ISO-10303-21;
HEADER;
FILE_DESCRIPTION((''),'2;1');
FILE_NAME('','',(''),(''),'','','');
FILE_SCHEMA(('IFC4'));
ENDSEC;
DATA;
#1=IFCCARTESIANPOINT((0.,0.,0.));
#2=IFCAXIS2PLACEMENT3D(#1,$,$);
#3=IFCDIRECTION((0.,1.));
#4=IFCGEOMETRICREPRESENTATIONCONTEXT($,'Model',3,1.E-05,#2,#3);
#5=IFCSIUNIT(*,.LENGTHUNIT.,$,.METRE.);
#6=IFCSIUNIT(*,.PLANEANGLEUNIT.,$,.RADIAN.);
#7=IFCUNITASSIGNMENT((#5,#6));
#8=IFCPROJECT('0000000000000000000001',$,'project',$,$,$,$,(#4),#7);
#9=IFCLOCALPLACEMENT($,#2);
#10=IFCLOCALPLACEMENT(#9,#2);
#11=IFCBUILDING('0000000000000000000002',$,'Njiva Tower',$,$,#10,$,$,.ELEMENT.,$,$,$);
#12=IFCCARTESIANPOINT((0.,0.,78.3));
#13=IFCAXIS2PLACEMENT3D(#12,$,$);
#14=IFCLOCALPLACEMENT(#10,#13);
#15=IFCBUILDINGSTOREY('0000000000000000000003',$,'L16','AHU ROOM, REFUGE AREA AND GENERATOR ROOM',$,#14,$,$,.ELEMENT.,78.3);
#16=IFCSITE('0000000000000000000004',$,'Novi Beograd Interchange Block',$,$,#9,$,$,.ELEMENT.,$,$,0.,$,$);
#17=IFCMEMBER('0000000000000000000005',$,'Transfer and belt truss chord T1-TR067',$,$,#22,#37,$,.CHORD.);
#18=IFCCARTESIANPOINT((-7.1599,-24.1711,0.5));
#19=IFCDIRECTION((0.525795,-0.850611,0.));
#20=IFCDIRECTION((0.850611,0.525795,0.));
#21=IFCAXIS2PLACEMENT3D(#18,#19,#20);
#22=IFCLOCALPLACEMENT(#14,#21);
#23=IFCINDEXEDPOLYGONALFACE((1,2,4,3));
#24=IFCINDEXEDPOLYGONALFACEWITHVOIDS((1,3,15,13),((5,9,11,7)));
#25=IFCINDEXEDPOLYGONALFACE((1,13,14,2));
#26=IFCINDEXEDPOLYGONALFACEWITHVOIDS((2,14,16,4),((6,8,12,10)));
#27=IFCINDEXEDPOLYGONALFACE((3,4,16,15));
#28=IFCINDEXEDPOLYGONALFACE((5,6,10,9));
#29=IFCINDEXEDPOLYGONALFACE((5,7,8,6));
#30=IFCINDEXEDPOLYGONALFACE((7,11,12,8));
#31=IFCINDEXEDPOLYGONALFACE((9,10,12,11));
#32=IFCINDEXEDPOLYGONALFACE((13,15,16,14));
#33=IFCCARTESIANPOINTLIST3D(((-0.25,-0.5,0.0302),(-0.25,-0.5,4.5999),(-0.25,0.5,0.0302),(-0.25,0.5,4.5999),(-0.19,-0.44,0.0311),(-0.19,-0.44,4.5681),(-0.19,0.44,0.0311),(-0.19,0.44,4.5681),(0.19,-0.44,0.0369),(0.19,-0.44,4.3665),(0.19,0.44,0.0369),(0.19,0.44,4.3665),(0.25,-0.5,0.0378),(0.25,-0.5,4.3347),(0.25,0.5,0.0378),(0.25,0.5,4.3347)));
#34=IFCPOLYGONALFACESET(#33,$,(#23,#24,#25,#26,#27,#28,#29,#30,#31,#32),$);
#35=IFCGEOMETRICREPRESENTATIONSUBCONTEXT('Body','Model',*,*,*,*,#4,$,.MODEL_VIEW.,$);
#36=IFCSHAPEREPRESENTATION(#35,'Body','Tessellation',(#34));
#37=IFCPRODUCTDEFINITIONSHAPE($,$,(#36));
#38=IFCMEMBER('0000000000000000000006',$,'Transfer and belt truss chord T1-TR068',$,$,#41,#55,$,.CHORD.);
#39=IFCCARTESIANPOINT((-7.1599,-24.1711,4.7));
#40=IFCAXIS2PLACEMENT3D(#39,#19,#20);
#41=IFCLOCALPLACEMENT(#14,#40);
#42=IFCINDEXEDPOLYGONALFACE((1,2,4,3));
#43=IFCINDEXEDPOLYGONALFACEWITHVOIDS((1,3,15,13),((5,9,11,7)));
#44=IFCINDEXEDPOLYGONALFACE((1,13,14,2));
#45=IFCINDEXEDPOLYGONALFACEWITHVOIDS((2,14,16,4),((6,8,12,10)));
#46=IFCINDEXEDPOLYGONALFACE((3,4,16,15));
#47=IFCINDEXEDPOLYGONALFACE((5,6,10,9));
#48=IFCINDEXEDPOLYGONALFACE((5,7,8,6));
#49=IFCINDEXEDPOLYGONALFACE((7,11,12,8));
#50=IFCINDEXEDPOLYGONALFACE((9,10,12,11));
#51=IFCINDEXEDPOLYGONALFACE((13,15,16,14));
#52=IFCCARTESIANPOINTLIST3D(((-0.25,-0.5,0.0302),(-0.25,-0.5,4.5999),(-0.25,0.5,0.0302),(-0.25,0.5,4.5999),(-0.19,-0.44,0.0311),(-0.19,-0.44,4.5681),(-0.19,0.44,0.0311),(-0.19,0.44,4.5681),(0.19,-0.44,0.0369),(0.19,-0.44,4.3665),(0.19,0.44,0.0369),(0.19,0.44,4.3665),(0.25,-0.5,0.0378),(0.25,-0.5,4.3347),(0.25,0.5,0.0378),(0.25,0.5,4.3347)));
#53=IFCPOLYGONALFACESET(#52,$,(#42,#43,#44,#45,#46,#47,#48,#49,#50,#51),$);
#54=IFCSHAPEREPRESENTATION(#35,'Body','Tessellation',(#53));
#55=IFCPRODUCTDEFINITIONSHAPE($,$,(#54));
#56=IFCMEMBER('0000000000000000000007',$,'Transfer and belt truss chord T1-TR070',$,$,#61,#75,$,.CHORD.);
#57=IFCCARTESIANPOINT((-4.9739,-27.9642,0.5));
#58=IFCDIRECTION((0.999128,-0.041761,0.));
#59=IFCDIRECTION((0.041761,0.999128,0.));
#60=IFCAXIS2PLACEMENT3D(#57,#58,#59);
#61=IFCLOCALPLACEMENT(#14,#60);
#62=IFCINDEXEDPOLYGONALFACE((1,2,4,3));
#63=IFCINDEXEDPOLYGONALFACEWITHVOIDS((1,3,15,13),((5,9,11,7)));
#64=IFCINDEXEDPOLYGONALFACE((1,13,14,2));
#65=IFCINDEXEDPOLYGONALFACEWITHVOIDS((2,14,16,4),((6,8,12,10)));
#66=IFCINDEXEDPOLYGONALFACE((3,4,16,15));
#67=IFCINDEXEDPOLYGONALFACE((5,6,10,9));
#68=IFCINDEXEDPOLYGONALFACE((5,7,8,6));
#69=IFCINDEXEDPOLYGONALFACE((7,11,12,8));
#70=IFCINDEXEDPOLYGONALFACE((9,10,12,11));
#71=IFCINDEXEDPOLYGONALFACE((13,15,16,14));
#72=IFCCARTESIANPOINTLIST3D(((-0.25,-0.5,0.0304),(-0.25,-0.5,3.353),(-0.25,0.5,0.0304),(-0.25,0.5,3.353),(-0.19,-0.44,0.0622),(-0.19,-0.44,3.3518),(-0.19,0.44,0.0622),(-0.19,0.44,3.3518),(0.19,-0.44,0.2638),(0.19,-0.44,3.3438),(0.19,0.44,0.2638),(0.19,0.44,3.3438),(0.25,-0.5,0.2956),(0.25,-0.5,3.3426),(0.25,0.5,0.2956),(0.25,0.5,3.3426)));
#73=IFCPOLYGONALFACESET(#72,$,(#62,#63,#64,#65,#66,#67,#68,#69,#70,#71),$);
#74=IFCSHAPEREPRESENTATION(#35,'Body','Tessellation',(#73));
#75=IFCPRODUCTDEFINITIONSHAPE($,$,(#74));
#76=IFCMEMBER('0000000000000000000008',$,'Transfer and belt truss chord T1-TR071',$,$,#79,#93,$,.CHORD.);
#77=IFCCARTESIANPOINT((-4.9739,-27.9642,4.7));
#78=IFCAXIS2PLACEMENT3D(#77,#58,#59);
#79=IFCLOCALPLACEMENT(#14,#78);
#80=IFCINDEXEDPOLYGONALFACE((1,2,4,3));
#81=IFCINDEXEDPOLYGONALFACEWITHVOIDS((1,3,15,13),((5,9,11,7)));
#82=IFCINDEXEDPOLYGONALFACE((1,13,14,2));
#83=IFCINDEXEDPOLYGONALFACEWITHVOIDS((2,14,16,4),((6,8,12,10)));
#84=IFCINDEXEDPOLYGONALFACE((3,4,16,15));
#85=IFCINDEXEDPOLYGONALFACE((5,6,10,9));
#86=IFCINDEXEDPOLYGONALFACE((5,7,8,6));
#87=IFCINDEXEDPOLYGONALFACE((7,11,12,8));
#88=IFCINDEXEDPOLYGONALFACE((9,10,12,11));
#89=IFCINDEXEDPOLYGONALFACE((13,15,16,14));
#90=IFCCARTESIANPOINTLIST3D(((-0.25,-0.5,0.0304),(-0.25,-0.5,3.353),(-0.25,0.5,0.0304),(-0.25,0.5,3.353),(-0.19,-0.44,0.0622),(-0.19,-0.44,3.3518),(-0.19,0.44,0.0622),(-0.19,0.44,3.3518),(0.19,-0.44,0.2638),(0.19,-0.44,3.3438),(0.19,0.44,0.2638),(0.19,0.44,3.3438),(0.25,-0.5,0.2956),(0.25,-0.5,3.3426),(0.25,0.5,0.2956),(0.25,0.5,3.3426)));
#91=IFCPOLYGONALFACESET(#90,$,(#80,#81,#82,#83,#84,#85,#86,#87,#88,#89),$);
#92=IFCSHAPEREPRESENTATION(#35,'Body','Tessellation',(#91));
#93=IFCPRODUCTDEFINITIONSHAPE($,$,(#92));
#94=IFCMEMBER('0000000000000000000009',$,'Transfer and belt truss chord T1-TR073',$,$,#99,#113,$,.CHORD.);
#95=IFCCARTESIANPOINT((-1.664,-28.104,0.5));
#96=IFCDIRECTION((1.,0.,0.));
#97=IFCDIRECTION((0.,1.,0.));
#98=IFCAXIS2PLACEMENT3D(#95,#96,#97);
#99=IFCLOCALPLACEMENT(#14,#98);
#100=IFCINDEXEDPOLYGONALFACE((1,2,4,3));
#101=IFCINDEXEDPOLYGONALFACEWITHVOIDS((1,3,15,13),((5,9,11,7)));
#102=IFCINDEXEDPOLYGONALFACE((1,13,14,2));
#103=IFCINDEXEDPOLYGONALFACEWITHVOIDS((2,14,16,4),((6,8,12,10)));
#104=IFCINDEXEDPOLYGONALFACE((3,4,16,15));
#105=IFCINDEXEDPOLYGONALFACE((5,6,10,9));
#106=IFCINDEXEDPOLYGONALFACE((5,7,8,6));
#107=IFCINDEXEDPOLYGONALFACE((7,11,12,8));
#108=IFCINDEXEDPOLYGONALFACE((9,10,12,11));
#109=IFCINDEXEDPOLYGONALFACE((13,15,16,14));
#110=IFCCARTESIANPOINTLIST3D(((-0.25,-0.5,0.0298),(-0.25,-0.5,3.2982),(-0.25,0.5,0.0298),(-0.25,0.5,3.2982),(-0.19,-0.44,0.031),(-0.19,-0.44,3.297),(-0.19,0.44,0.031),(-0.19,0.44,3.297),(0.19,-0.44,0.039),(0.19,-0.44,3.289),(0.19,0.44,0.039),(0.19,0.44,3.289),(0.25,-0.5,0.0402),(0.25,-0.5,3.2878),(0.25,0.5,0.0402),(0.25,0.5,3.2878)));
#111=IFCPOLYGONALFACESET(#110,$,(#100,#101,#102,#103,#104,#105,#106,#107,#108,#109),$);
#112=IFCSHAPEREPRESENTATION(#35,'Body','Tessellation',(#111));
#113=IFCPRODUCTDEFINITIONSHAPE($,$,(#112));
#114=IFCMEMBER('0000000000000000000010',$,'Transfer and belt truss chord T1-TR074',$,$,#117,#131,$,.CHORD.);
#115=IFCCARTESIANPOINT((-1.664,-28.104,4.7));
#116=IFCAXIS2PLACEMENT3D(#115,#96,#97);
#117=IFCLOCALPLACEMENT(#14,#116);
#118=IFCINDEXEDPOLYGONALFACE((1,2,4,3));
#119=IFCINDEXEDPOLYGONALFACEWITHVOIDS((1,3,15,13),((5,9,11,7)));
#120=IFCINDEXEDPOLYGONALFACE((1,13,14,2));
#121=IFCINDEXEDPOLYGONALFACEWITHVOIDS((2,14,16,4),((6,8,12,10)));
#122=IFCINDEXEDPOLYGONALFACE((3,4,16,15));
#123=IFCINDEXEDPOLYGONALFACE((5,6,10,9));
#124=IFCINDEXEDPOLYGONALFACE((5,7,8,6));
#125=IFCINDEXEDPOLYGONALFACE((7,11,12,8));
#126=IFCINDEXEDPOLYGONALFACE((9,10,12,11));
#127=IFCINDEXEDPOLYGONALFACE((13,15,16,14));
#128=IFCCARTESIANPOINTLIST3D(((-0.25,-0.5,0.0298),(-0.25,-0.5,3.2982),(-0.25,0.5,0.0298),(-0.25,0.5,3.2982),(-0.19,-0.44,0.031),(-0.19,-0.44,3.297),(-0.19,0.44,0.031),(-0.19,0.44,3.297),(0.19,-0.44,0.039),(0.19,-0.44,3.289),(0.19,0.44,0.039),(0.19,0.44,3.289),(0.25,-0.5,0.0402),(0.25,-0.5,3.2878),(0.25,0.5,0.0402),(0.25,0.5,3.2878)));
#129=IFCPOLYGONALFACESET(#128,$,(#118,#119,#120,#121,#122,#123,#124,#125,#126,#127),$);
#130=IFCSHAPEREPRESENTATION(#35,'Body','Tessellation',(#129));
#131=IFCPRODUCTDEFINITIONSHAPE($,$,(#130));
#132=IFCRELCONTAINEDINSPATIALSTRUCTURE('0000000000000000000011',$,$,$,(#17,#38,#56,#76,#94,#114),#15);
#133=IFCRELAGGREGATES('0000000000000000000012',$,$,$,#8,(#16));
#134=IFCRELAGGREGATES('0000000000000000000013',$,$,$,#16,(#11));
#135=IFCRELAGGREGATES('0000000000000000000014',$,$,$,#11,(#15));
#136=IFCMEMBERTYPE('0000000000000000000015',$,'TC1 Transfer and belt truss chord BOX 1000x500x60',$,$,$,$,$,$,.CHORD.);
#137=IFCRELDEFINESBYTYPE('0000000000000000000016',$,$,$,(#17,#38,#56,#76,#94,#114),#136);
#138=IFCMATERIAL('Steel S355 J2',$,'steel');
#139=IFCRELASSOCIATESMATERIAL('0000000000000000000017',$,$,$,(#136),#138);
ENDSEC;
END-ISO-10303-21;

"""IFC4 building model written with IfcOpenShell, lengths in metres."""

from ifc_helpers import new_model, si_unit, direction, frame, origin, origin_2d, place, context, subcontext, project, spatial, hollow_rectangle, extrude, clip, halfspace, material, material_profile, profile_set, type_object, element, save


model = new_model("IFC4")

# Units and contexts
model_context = context("Model", 3, precision=1e-05, world=origin(), true_north=direction((0.0, 1.0)))
body_context = subcontext(model_context, "Body", "Model", "MODEL_VIEW")
ifc_project = project(units=[si_unit("LENGTHUNIT", "METRE"), si_unit("PLANEANGLEUNIT", "RADIAN")], contexts=[model_context])

# Site, building, storey
site_placement = place(None, origin())
site = spatial("IfcSite", under=ifc_project, at=site_placement, Name="Novi Beograd Interchange Block", CompositionType="ELEMENT", RefElevation=0.0)
building_placement = place(site_placement, origin())
building = spatial("IfcBuilding", under=site, at=building_placement, Name="Njiva Tower", CompositionType="ELEMENT")
storey_placement = place(building_placement, frame((0.0, 0.0, 78.3)))
storey = spatial("IfcBuildingStorey", under=building, at=storey_placement, Name="L16", Description="AHU ROOM, REFUGE AREA AND GENERATOR ROOM", CompositionType="ELEMENT", Elevation=78.3)

# Shared definitions
ifc_material_1 = material(Name="Steel S355 J2", Category="steel")

# Members
ifc_material_profile_1 = material_profile(ifc_material_1, hollow_rectangle(XDim=0.5, YDim=1.0, WallThickness=0.06, at=origin_2d()), Name="BOX 1000x500x60")
ifc_profile_set_1 = profile_set([ifc_material_profile_1], Name="Steel S355 J2")
member_type_1 = type_object("IfcMemberType", Name="TC1 Transfer and belt truss chord BOX 1000x500x60", PredefinedType="CHORD", material=ifc_profile_set_1)
member_1_placement = place(storey_placement, frame((-7.1599, -24.1711, 0.5), z_axis=(0.525795, -0.850611, 0.0), x_axis=(0.850611, 0.525795, 0.0)))
element("IfcMember", 1, at=member_1_placement, inside=storey, type_object=member_type_1, Name="Transfer and belt truss chord T1-TR067", PredefinedType="CHORD", context=body_context, shape_type="Clipping", body=[
    clip(clip(extrude(hollow_rectangle(XDim=0.5, YDim=1.0, WallThickness=0.06, at=origin_2d()), origin(), (0.0, 0.0, 1.0), 4.6303), halfspace(frame((0.0, -78.8, 0.034), z_axis=(0.015019, 0.0, -0.999887), x_axis=(0.0, -1.0, 0.0)), False)), halfspace(frame((0.0, -78.8, 4.4673), z_axis=(0.468581, 0.0, 0.88342), x_axis=(0.0, 1.0, 0.0)), False)),
])
member_2_placement = place(storey_placement, frame((-7.1599, -24.1711, 4.7), z_axis=(0.525795, -0.850611, 0.0), x_axis=(0.850611, 0.525795, 0.0)))
element("IfcMember", 2, at=member_2_placement, inside=storey, type_object=member_type_1, Name="Transfer and belt truss chord T1-TR068", PredefinedType="CHORD", context=body_context, shape_type="Clipping", body=[
    clip(clip(extrude(hollow_rectangle(XDim=0.5, YDim=1.0, WallThickness=0.06, at=origin_2d()), origin(), (0.0, 0.0, 1.0), 4.6303), halfspace(frame((0.0, -83.0, 0.034), z_axis=(0.015019, 0.0, -0.999887), x_axis=(0.0, -1.0, 0.0)), False)), halfspace(frame((0.0, -83.0, 4.4673), z_axis=(0.468581, 0.0, 0.88342), x_axis=(0.0, 1.0, 0.0)), False)),
])
member_3_placement = place(storey_placement, frame((-4.9739, -27.9642, 0.5), z_axis=(0.999128, -0.041761, 0.0), x_axis=(0.041761, 0.999128, 0.0)))
element("IfcMember", 3, at=member_3_placement, inside=storey, type_object=member_type_1, Name="Transfer and belt truss chord T1-TR070", PredefinedType="CHORD", context=body_context, shape_type="Clipping", body=[
    clip(clip(extrude(hollow_rectangle(XDim=0.5, YDim=1.0, WallThickness=0.06, at=origin_2d()), origin(), (0.0, 0.0, 1.0), 3.3828), halfspace(frame((0.0, -78.8, 0.163), z_axis=(0.468586, 0.0, -0.883418), x_axis=(0.0, -1.0, 0.0)), False)), halfspace(frame((0.0, -78.8, 3.3478), z_axis=(0.02088, 0.0, 0.999782), x_axis=(0.0, 1.0, 0.0)), False)),
])
member_4_placement = place(storey_placement, frame((-4.9739, -27.9642, 4.7), z_axis=(0.999128, -0.041761, 0.0), x_axis=(0.041761, 0.999128, 0.0)))
element("IfcMember", 4, at=member_4_placement, inside=storey, type_object=member_type_1, Name="Transfer and belt truss chord T1-TR071", PredefinedType="CHORD", context=body_context, shape_type="Clipping", body=[
    clip(clip(extrude(hollow_rectangle(XDim=0.5, YDim=1.0, WallThickness=0.06, at=origin_2d()), origin(), (0.0, 0.0, 1.0), 3.3828), halfspace(frame((0.0, -83.0, 0.163), z_axis=(0.468586, 0.0, -0.883418), x_axis=(0.0, -1.0, 0.0)), False)), halfspace(frame((0.0, -83.0, 3.3478), z_axis=(0.02088, 0.0, 0.999782), x_axis=(0.0, 1.0, 0.0)), False)),
])
member_5_placement = place(storey_placement, frame((-1.664, -28.104, 0.5), z_axis=(1.0, 0.0, 0.0), x_axis=(0.0, 1.0, 0.0)))
element("IfcMember", 5, at=member_5_placement, inside=storey, type_object=member_type_1, Name="Transfer and belt truss chord T1-TR073", PredefinedType="CHORD", context=body_context, shape_type="Clipping", body=[
    clip(clip(extrude(hollow_rectangle(XDim=0.5, YDim=1.0, WallThickness=0.06, at=origin_2d()), origin(), (0.0, 0.0, 1.0), 3.328), halfspace(frame((0.0, -78.8, 0.035), z_axis=(0.02089, 0.0, -0.999782), x_axis=(0.0, -1.0, 0.0)), False)), halfspace(frame((0.0, -78.8, 3.293), z_axis=(0.02089, 0.0, 0.999782), x_axis=(0.0, 1.0, 0.0)), False)),
])
member_6_placement = place(storey_placement, frame((-1.664, -28.104, 4.7), z_axis=(1.0, 0.0, 0.0), x_axis=(0.0, 1.0, 0.0)))
element("IfcMember", 6, at=member_6_placement, inside=storey, type_object=member_type_1, Name="Transfer and belt truss chord T1-TR074", PredefinedType="CHORD", context=body_context, shape_type="Clipping", body=[
    clip(clip(extrude(hollow_rectangle(XDim=0.5, YDim=1.0, WallThickness=0.06, at=origin_2d()), origin(), (0.0, 0.0, 1.0), 3.328), halfspace(frame((0.0, -83.0, 0.035), z_axis=(0.02089, 0.0, -0.999782), x_axis=(0.0, -1.0, 0.0)), False)), halfspace(frame((0.0, -83.0, 3.293), z_axis=(0.02089, 0.0, 0.999782), x_axis=(0.0, 1.0, 0.0)), False)),
])

save(model, "model.ifc")
